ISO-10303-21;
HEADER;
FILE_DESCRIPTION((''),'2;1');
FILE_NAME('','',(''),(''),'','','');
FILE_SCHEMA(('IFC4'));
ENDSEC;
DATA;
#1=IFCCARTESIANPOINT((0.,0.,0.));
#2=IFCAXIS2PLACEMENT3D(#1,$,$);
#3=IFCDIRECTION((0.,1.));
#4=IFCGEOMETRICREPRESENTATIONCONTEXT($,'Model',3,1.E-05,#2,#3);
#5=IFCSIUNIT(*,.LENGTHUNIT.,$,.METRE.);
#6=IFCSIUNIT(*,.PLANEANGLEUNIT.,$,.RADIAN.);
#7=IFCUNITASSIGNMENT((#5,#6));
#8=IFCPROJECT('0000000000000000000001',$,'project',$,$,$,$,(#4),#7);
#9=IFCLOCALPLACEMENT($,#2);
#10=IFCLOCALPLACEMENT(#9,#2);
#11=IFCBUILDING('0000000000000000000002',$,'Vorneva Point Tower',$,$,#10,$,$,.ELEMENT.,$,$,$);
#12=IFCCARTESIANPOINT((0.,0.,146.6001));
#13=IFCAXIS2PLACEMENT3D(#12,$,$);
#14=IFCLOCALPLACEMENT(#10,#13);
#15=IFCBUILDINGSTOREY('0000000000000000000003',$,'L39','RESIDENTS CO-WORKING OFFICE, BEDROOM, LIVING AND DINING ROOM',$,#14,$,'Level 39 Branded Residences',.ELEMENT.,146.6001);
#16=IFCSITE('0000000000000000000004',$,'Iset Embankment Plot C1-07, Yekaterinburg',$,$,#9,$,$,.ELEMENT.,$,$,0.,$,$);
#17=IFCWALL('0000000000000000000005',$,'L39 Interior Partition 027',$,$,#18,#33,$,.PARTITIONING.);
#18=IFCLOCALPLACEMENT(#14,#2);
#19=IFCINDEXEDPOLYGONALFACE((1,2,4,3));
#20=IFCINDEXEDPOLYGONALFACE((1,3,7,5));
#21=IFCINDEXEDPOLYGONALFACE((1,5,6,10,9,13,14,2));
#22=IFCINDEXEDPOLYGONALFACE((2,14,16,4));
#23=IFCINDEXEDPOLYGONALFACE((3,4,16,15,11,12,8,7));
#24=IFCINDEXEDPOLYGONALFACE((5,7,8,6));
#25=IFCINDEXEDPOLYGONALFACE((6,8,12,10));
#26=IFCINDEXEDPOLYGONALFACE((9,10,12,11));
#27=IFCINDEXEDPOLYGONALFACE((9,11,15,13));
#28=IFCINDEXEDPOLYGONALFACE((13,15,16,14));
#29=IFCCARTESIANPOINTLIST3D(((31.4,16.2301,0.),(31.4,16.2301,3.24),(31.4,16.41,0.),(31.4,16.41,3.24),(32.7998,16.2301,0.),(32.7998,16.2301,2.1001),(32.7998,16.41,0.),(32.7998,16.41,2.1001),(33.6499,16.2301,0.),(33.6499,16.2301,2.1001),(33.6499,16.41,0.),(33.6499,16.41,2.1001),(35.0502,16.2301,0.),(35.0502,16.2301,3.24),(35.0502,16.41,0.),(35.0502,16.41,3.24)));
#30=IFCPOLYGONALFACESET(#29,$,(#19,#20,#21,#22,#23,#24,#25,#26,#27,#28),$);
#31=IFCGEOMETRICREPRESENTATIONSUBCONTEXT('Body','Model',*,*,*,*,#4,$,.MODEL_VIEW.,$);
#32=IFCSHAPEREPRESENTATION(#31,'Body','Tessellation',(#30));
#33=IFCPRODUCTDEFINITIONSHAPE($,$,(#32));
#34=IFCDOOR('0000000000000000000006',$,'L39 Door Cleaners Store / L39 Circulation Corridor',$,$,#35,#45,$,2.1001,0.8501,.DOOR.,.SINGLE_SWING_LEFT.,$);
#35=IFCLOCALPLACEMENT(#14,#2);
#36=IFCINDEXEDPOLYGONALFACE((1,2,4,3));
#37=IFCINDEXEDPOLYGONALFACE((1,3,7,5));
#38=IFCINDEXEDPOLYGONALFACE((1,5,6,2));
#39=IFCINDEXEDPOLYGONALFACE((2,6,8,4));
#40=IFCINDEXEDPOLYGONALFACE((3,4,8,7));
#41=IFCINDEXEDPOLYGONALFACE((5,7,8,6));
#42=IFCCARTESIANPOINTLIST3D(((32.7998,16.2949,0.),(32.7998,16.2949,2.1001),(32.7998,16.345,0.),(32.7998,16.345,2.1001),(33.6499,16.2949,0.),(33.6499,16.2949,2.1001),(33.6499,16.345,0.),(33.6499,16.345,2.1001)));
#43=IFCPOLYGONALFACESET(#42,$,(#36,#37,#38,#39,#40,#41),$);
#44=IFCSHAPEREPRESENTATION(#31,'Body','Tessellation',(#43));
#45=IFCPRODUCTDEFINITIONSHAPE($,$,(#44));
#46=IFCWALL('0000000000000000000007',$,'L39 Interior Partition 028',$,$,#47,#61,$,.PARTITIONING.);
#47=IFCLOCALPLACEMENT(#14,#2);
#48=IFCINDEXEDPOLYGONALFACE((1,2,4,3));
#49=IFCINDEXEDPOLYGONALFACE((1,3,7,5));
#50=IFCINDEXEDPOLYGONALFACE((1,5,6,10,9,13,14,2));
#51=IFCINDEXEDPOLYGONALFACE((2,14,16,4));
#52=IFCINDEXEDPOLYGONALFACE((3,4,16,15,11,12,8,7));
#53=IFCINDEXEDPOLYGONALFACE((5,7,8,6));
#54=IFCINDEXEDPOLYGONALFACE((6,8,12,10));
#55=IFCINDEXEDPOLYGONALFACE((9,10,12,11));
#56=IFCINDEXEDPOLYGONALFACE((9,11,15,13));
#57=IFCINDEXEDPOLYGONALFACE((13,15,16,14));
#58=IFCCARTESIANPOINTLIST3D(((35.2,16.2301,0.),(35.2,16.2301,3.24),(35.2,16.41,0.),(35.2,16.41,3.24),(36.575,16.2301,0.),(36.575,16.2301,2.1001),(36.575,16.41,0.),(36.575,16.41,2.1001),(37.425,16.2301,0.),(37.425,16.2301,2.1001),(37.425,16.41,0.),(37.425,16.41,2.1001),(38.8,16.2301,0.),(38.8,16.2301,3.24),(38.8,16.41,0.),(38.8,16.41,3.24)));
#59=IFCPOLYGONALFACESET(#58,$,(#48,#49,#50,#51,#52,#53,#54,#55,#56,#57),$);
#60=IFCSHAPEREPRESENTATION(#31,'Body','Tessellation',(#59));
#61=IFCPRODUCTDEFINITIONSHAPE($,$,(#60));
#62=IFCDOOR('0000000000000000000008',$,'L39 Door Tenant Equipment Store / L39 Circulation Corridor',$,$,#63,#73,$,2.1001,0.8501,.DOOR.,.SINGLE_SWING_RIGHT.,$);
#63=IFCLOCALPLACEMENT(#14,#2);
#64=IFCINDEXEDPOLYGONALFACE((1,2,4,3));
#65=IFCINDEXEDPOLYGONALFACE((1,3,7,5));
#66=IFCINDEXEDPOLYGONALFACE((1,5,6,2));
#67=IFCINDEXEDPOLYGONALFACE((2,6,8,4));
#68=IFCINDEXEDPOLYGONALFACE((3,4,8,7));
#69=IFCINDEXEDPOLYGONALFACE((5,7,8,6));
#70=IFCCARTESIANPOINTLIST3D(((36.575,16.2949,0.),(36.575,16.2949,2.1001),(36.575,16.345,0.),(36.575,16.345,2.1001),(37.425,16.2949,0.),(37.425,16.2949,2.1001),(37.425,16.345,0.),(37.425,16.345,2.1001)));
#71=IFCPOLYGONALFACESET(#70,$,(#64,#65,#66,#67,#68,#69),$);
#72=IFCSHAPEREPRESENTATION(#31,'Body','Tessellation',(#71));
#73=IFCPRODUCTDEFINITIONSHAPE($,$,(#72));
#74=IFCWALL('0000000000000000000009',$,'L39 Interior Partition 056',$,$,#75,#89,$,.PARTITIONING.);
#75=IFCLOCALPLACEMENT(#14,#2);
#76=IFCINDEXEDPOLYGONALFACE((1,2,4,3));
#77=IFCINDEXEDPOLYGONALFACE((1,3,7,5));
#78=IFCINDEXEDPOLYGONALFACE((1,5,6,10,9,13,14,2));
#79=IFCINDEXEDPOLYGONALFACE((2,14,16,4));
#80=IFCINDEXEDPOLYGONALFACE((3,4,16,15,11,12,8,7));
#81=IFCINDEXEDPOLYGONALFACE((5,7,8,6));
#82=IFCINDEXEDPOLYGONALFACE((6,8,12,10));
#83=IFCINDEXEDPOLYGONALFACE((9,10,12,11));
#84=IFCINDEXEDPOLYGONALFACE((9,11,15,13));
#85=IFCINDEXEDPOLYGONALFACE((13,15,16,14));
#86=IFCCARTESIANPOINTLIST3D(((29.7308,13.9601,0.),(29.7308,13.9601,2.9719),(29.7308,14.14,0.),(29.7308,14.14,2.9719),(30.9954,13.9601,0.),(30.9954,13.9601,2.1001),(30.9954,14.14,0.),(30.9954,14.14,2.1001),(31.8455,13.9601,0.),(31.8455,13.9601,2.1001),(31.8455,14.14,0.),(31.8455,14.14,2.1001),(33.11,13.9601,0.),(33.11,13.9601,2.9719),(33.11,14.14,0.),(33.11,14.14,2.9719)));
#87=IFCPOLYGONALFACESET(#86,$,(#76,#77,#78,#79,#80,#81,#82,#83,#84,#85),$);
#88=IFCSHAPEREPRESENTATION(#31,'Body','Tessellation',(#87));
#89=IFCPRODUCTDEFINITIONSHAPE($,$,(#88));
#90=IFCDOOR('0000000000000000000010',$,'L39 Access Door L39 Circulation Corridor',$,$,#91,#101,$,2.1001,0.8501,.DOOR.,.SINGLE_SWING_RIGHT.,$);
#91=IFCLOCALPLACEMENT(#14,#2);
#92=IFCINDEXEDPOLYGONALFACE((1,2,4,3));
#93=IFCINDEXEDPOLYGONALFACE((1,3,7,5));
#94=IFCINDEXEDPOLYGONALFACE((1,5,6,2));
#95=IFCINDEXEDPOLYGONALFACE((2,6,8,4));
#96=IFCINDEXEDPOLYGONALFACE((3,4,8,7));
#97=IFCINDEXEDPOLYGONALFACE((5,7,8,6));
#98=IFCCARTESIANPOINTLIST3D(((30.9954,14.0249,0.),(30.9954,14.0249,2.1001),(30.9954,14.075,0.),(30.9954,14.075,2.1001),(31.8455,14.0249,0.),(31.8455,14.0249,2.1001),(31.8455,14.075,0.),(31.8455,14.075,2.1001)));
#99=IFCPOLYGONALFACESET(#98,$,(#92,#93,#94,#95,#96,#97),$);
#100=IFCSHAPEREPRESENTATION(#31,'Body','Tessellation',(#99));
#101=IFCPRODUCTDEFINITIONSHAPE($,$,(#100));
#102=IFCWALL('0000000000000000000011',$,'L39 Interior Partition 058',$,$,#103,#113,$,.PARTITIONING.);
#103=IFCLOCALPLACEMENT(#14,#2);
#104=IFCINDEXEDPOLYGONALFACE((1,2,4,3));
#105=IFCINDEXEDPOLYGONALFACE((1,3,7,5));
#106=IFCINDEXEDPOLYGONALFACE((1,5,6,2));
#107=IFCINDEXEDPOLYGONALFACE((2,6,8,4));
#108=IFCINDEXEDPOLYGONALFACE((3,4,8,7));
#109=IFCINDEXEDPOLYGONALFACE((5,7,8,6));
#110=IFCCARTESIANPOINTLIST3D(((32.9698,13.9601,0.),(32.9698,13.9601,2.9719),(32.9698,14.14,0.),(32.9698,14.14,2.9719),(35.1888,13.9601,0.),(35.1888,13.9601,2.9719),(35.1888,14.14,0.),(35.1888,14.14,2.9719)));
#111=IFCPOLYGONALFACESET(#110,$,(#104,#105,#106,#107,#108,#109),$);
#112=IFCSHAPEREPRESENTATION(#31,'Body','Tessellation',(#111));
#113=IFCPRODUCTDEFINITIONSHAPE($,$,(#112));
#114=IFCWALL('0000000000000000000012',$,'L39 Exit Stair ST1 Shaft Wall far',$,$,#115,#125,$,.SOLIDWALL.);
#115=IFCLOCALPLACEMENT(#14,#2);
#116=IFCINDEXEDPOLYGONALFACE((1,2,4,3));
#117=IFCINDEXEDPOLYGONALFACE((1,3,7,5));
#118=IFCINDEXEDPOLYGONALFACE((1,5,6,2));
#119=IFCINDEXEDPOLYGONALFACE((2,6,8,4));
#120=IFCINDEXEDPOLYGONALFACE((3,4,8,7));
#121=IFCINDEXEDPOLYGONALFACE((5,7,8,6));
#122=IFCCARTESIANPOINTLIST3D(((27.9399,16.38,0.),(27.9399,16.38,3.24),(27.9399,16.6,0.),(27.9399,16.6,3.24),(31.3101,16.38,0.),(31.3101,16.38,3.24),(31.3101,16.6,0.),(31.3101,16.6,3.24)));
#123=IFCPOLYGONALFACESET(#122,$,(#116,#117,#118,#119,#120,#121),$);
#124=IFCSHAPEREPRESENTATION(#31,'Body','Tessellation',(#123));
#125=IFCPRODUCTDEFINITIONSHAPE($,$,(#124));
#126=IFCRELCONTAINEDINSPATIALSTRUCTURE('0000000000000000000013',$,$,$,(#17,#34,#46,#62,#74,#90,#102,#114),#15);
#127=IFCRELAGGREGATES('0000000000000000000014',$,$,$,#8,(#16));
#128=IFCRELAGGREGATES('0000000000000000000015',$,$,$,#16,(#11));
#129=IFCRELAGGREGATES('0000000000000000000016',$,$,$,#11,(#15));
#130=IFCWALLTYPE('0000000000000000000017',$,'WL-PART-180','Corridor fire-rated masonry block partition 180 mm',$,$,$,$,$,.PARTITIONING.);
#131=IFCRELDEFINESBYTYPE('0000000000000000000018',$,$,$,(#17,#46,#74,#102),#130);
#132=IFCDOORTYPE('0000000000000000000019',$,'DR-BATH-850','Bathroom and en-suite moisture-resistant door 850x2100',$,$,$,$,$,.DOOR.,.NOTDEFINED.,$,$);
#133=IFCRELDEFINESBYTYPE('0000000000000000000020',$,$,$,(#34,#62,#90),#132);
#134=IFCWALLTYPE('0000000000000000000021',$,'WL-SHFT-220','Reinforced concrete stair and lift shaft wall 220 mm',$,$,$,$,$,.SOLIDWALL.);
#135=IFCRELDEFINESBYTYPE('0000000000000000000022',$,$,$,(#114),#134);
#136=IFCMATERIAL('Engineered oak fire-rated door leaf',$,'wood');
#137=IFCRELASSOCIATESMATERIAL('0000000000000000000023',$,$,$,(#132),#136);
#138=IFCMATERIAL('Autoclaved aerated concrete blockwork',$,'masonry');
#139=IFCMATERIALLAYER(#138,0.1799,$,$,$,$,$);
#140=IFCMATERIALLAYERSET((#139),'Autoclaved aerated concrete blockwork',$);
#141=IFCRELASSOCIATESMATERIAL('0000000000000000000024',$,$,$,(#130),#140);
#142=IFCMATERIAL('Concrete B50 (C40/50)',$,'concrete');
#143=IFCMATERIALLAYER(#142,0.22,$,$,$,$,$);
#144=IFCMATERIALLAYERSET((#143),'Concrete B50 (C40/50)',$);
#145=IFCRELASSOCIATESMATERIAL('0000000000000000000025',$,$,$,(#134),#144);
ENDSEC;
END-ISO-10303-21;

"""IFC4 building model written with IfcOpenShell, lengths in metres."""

from ifc_helpers import new_model, si_unit, direction, frame, frame_2d, origin, place, context, subcontext, project, spatial, rectangle, extrude, material, layer, layer_set, type_object, element, fill, save


model = new_model("IFC4")

# Units and contexts
model_context = context("Model", 3, precision=1e-05, world=origin(), true_north=direction((0.0, 1.0)))
body_context = subcontext(model_context, "Body", "Model", "MODEL_VIEW")
ifc_project = project(units=[si_unit("LENGTHUNIT", "METRE"), si_unit("PLANEANGLEUNIT", "RADIAN")], contexts=[model_context])

# Site, building, storey
site_placement = place(None, origin())
site = spatial("IfcSite", under=ifc_project, at=site_placement, Name="Iset Embankment Plot C1-07, Yekaterinburg", CompositionType="ELEMENT", RefElevation=0.0)
building_placement = place(site_placement, origin())
building = spatial("IfcBuilding", under=site, at=building_placement, Name="Vorneva Point Tower", CompositionType="ELEMENT")
storey_placement = place(building_placement, frame((0.0, 0.0, 146.6001)))
storey = spatial("IfcBuildingStorey", under=building, at=storey_placement, Name="L39", Description="RESIDENTS CO-WORKING OFFICE, BEDROOM, LIVING AND DINING ROOM", LongName="Level 39 Branded Residences", CompositionType="ELEMENT", Elevation=146.6001)

# Shared definitions
ifc_material_1 = material(Name="Engineered oak fire-rated door leaf", Category="wood")
door_type_1 = type_object("IfcDoorType", Name="DR-BATH-850", Description="Bathroom and en-suite moisture-resistant door 850x2100", OperationType="NOTDEFINED", PredefinedType="DOOR", material=ifc_material_1)

# Walls, openings, doors
ifc_material_2 = material(Name="Autoclaved aerated concrete blockwork", Category="masonry")
ifc_layer_1 = layer(ifc_material_2, 0.1799)
ifc_layer_set_1 = layer_set([ifc_layer_1], Name="Autoclaved aerated concrete blockwork")
wall_type_1 = type_object("IfcWallType", Name="WL-PART-180", Description="Corridor fire-rated masonry block partition 180 mm", PredefinedType="PARTITIONING", material=ifc_layer_set_1)
wall_1_placement = place(storey_placement, frame((31.3999, 16.3201, 0.0), z_axis=(0.0, 0.0, 1.0), x_axis=(1.0, 0.0, 0.0)))
wall_1 = element("IfcWall", 1, at=wall_1_placement, inside=storey, type_object=wall_type_1, Name="L39 Interior Partition 027", PredefinedType="PARTITIONING", context=body_context, shape_type="SweptSolid", body=[
    extrude(rectangle(XDim=3.6501, YDim=0.1799, at=frame_2d((1.8252, 0.0))), origin(), (0.0, 0.0, 1.0), 3.24),
])
opening_1_placement = place(wall_1_placement, frame((1.3999, 0.0, 0.0)))
opening_1 = element("IfcOpeningElement", 2, at=opening_1_placement, cuts=wall_1, PredefinedType="OPENING", context=body_context, shape_type="SweptSolid", body=[
    extrude(rectangle(XDim=0.8501, YDim=2.1001, at=frame_2d((0.425, 1.05))), frame((0.0, 0.105, 0.0), z_axis=(0.0, -1.0, 0.0), x_axis=(1.0, 0.0, 0.0)), (0.0, 0.0, 1.0), 0.2097),
])
door_1_placement = place(opening_1_placement, origin())
door_1 = element("IfcDoor", 3, at=door_1_placement, inside=storey, type_object=door_type_1, Name="L39 Door Cleaners Store / L39 Circulation Corridor", OperationType="SINGLE_SWING_LEFT", OverallHeight=2.1001, OverallWidth=0.8501, PredefinedType="DOOR", context=body_context, shape_type="SweptSolid", body=[
    extrude(rectangle(XDim=0.8501, YDim=2.1001, at=frame_2d((0.425, 1.05))), frame((0.0, 0.0249, 0.0), z_axis=(0.0, -1.0, 0.0), x_axis=(1.0, 0.0, 0.0)), (0.0, 0.0, 1.0), 0.05),
])
fill(opening_1, door_1)
wall_2_placement = place(storey_placement, frame((35.2, 16.3201, 0.0), z_axis=(0.0, 0.0, 1.0), x_axis=(1.0, 0.0, 0.0)))
wall_2 = element("IfcWall", 4, at=wall_2_placement, inside=storey, type_object=wall_type_1, Name="L39 Interior Partition 028", PredefinedType="PARTITIONING", context=body_context, shape_type="SweptSolid", body=[
    extrude(rectangle(XDim=3.6001, YDim=0.1799, at=frame_2d((1.8, 0.0))), origin(), (0.0, 0.0, 1.0), 3.24),
])
opening_2_placement = place(wall_2_placement, frame((1.375, 0.0, 0.0)))
opening_2 = element("IfcOpeningElement", 5, at=opening_2_placement, cuts=wall_2, PredefinedType="OPENING", context=body_context, shape_type="SweptSolid", body=[
    extrude(rectangle(XDim=0.8501, YDim=2.1001, at=frame_2d((0.425, 1.05))), frame((0.0, 0.105, 0.0), z_axis=(0.0, -1.0, 0.0), x_axis=(1.0, 0.0, 0.0)), (0.0, 0.0, 1.0), 0.2097),
])
door_2_placement = place(opening_2_placement, origin())
door_2 = element("IfcDoor", 6, at=door_2_placement, inside=storey, type_object=door_type_1, Name="L39 Door Tenant Equipment Store / L39 Circulation Corridor", OperationType="SINGLE_SWING_RIGHT", OverallHeight=2.1001, OverallWidth=0.8501, PredefinedType="DOOR", context=body_context, shape_type="SweptSolid", body=[
    extrude(rectangle(XDim=0.8501, YDim=2.1001, at=frame_2d((0.425, 1.05))), frame((0.0, 0.0249, 0.0), z_axis=(0.0, -1.0, 0.0), x_axis=(1.0, 0.0, 0.0)), (0.0, 0.0, 1.0), 0.05),
])
fill(opening_2, door_2)
wall_3_placement = place(storey_placement, frame((29.731, 14.05, 0.0), z_axis=(0.0, 0.0, 1.0), x_axis=(1.0, 0.0, 0.0)))
wall_3 = element("IfcWall", 7, at=wall_3_placement, inside=storey, type_object=wall_type_1, Name="L39 Interior Partition 056", PredefinedType="PARTITIONING", context=body_context, shape_type="SweptSolid", body=[
    extrude(rectangle(XDim=3.3792, YDim=0.1799, at=frame_2d((1.6895, 0.0))), origin(), (0.0, 0.0, 1.0), 2.9719),
])
opening_3_placement = place(wall_3_placement, frame((1.2644, 0.0, 0.0)))
opening_3 = element("IfcOpeningElement", 8, at=opening_3_placement, cuts=wall_3, PredefinedType="OPENING", context=body_context, shape_type="SweptSolid", body=[
    extrude(rectangle(XDim=0.8501, YDim=2.1001, at=frame_2d((0.425, 1.05))), frame((0.0, 0.105, 0.0), z_axis=(0.0, -1.0, 0.0), x_axis=(1.0, 0.0, 0.0)), (0.0, 0.0, 1.0), 0.2097),
])
door_3_placement = place(opening_3_placement, origin())
door_3 = element("IfcDoor", 9, at=door_3_placement, inside=storey, type_object=door_type_1, Name="L39 Access Door L39 Circulation Corridor", OperationType="SINGLE_SWING_RIGHT", OverallHeight=2.1001, OverallWidth=0.8501, PredefinedType="DOOR", context=body_context, shape_type="SweptSolid", body=[
    extrude(rectangle(XDim=0.8501, YDim=2.1001, at=frame_2d((0.425, 1.05))), frame((0.0, 0.0249, 0.0), z_axis=(0.0, -1.0, 0.0), x_axis=(1.0, 0.0, 0.0)), (0.0, 0.0, 1.0), 0.05),
])
fill(opening_3, door_3)

# Walls
wall_4_placement = place(storey_placement, frame((32.97, 14.05, 0.0), z_axis=(0.0, 0.0, 1.0), x_axis=(1.0, 0.0, 0.0)))
element("IfcWall", 10, at=wall_4_placement, inside=storey, type_object=wall_type_1, Name="L39 Interior Partition 058", PredefinedType="PARTITIONING", context=body_context, shape_type="SweptSolid", body=[
    extrude(rectangle(XDim=2.219, YDim=0.1799, at=frame_2d((1.1094, 0.0))), origin(), (0.0, 0.0, 1.0), 2.9719),
])
ifc_material_3 = material(Name="Concrete B50 (C40/50)", Category="concrete")
ifc_layer_2 = layer(ifc_material_3, 0.22)
ifc_layer_set_2 = layer_set([ifc_layer_2], Name="Concrete B50 (C40/50)")
wall_type_2 = type_object("IfcWallType", Name="WL-SHFT-220", Description="Reinforced concrete stair and lift shaft wall 220 mm", PredefinedType="SOLIDWALL", material=ifc_layer_set_2)
wall_5_placement = place(storey_placement, frame((31.3101, 16.49, 0.0), z_axis=(0.0, 0.0, 1.0), x_axis=(-1.0, 0.0, 0.0)))
element("IfcWall", 11, at=wall_5_placement, inside=storey, type_object=wall_type_2, Name="L39 Exit Stair ST1 Shaft Wall far", PredefinedType="SOLIDWALL", context=body_context, shape_type="SweptSolid", body=[
    extrude(rectangle(XDim=3.3701, YDim=0.22, at=frame_2d((1.6851, 0.0))), origin(), (0.0, 0.0, 1.0), 3.24),
])

save(model, "model.ifc")
